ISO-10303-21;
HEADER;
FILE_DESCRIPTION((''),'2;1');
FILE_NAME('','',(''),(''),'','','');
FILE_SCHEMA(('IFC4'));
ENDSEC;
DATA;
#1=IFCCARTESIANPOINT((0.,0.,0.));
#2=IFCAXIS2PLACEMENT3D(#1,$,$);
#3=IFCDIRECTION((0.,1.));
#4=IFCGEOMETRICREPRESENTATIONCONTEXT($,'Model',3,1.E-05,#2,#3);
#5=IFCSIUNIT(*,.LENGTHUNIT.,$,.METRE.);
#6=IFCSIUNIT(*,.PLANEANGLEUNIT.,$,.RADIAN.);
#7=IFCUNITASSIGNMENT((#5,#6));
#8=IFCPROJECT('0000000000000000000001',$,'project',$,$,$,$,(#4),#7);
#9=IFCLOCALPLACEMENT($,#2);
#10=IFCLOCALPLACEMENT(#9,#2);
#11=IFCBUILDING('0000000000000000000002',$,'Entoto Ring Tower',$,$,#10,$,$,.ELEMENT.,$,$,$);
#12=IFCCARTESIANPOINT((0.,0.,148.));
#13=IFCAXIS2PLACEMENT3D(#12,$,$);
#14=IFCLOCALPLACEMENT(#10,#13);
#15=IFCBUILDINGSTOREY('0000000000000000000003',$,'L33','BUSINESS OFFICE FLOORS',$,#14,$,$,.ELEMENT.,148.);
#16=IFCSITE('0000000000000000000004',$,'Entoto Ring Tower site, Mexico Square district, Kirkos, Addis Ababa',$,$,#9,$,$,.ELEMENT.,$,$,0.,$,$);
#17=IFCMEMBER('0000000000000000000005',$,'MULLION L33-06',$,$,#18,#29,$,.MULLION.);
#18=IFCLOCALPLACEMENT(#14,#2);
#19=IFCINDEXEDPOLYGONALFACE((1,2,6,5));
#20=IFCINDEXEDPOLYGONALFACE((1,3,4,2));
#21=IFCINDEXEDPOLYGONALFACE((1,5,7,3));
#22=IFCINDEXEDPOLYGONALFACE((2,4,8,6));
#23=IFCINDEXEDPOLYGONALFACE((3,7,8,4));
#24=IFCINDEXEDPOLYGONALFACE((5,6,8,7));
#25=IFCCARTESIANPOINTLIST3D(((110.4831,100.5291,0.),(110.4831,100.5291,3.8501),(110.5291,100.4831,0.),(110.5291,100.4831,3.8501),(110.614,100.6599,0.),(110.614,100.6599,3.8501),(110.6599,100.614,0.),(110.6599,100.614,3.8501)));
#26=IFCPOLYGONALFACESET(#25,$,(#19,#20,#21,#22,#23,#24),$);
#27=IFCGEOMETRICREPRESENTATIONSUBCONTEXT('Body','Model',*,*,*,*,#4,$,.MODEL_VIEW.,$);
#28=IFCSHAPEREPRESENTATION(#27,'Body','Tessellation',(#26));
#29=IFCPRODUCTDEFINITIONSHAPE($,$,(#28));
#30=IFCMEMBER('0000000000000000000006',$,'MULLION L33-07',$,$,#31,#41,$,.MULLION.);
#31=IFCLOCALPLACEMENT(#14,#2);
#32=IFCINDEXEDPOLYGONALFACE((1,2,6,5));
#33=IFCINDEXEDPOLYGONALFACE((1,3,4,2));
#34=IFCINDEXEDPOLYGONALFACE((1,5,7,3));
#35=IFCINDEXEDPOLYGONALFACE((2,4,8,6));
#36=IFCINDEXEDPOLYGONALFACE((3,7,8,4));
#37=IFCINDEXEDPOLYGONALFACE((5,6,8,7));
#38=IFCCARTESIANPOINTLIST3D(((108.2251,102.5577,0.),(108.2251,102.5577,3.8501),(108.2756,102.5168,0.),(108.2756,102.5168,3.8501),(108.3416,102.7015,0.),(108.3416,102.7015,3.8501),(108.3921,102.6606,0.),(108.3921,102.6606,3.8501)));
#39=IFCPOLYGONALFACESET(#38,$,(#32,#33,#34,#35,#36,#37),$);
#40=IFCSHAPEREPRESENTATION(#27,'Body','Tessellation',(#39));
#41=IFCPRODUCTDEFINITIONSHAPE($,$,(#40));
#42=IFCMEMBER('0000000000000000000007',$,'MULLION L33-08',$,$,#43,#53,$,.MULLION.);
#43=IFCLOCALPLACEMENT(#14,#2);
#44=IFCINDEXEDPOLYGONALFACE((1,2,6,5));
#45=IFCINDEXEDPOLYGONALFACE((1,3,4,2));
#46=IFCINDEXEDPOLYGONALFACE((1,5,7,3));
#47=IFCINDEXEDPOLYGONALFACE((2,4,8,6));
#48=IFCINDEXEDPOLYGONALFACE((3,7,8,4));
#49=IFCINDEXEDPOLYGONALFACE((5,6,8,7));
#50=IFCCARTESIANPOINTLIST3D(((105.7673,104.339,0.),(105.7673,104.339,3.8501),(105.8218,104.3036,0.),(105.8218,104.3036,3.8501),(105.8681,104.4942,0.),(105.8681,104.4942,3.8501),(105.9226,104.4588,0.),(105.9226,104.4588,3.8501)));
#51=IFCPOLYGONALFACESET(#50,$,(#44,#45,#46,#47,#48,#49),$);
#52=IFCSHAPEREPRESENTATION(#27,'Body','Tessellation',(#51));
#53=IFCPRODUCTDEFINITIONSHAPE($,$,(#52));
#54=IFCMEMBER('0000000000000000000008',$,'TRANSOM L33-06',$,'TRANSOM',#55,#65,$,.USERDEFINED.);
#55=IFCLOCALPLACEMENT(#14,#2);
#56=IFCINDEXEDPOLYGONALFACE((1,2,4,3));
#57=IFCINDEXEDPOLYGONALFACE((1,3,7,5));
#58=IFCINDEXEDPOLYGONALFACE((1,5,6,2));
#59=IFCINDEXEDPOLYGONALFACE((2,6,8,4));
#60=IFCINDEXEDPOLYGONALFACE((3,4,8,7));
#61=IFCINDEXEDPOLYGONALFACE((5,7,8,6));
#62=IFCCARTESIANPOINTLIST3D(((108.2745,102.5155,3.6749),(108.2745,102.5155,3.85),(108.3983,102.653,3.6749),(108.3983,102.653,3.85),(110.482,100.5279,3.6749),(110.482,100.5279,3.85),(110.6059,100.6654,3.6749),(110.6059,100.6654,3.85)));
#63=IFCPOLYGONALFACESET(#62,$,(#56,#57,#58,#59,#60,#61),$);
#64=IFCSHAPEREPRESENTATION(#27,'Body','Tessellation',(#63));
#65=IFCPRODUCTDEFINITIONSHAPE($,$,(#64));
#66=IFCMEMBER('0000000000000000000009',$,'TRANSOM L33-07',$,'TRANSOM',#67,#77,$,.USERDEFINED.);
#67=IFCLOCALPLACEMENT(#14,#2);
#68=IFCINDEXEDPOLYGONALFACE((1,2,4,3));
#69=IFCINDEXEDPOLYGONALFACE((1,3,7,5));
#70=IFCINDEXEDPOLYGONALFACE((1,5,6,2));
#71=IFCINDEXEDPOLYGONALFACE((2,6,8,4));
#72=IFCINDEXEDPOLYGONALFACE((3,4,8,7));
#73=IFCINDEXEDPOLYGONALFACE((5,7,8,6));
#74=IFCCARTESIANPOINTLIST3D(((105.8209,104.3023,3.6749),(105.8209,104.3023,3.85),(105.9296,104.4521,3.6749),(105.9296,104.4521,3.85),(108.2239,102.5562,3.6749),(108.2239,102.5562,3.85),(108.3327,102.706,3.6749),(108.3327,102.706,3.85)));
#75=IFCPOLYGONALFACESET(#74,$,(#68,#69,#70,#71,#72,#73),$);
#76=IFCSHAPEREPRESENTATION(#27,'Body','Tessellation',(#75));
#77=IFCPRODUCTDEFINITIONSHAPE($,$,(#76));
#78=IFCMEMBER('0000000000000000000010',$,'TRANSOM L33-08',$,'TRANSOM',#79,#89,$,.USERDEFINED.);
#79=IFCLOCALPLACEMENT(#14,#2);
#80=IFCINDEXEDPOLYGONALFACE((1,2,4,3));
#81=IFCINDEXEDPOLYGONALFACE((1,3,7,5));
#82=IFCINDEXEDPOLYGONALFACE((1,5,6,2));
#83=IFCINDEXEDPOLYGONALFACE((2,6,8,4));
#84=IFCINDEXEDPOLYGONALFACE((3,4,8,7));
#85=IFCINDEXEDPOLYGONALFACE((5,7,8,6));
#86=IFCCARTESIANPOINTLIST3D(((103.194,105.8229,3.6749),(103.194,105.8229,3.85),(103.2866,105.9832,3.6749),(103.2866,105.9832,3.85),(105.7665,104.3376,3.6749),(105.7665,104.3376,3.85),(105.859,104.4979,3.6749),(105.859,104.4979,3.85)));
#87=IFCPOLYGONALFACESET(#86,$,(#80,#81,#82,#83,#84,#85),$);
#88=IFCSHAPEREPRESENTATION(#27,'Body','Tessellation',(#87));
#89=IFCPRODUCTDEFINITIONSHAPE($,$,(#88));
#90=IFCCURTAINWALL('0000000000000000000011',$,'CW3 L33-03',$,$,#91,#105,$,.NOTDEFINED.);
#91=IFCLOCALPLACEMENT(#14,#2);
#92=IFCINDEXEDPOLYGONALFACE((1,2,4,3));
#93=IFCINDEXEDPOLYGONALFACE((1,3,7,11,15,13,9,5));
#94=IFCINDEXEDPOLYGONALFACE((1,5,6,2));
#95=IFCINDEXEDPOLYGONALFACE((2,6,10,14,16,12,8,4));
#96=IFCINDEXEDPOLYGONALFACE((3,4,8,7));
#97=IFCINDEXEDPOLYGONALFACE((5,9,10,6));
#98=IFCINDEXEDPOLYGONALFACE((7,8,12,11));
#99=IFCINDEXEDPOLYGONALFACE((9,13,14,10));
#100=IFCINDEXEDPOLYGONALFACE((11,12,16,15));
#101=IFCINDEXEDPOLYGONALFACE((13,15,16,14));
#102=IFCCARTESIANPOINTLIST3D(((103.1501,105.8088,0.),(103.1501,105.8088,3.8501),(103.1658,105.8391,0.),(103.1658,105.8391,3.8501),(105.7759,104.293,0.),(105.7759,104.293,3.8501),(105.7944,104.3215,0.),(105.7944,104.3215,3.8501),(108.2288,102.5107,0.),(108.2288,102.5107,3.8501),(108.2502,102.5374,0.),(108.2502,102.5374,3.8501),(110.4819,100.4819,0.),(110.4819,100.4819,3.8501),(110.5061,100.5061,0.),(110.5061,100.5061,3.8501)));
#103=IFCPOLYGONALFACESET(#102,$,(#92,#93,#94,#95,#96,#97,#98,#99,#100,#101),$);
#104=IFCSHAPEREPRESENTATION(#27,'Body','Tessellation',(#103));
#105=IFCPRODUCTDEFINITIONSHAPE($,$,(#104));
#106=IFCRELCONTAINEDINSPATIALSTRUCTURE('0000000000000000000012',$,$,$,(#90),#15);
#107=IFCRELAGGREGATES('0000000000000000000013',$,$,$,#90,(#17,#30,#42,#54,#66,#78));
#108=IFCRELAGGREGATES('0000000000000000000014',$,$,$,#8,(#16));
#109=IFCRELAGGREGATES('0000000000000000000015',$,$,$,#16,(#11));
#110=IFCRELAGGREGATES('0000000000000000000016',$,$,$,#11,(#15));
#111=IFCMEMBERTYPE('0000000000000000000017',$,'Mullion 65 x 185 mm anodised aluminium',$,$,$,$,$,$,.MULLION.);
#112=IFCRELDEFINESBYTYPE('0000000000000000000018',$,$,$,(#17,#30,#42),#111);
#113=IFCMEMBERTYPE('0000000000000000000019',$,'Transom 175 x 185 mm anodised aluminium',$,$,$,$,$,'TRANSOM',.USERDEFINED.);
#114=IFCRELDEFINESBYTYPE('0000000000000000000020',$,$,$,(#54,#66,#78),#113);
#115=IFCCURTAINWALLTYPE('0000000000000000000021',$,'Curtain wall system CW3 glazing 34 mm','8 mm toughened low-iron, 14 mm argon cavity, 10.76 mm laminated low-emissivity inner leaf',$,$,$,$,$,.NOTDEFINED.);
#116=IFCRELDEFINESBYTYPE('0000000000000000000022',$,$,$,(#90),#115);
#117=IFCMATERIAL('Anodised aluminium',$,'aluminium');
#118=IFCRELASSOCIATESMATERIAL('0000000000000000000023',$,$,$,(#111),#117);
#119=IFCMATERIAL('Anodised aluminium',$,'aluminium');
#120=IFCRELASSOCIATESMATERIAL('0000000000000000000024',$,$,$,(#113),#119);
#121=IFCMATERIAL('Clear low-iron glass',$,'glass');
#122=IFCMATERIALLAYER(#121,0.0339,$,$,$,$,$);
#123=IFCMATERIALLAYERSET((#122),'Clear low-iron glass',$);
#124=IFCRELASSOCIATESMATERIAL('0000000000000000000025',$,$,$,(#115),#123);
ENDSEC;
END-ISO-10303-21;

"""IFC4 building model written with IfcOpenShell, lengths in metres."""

from ifc_helpers import new_model, si_unit, direction, frame, origin, origin_2d, place, context, subcontext, project, spatial, polyline, rectangle, outline, extrude, material, layer, layer_set, material_profile, profile_set, type_object, element, aggregate, save


model = new_model("IFC4")

# Units and contexts
model_context = context("Model", 3, precision=1e-05, world=origin(), true_north=direction((0.0, 1.0)))
body_context = subcontext(model_context, "Body", "Model", "MODEL_VIEW")
ifc_project = project(units=[si_unit("LENGTHUNIT", "METRE"), si_unit("PLANEANGLEUNIT", "RADIAN")], contexts=[model_context])

# Members
ifc_material_1 = material(Name="Anodised aluminium", Category="aluminium")
ifc_material_profile_1 = material_profile(ifc_material_1, rectangle(XDim=0.0649, YDim=0.1851, at=origin_2d()), Name="Mullion 65 x 185 mm anodised aluminium")
ifc_profile_set_1 = profile_set([ifc_material_profile_1], Name="Anodised aluminium")
member_type_1 = type_object("IfcMemberType", Name="Mullion 65 x 185 mm anodised aluminium", PredefinedType="MULLION", material=ifc_profile_set_1)
site_placement = place(None, origin())
building_placement = place(site_placement, origin())
storey_placement = place(building_placement, frame((0.0, 0.0, 148.0)))
member_1_placement = place(storey_placement, frame((110.5715, 100.5715, 0.0), z_axis=(0.0, 0.0, 1.0), x_axis=(-0.707107, 0.707107, 0.0)))
member_1 = element("IfcMember", 1, at=member_1_placement, type_object=member_type_1, Name="MULLION L33-06", PredefinedType="MULLION", context=body_context, shape_type="SweptSolid", body=[
    extrude(rectangle(XDim=0.0649, YDim=0.1851, at=origin_2d()), origin(), (0.0, 0.0, 1.0), 3.8501),
])
member_2_placement = place(storey_placement, frame((108.3086, 102.6091, 0.0), z_axis=(0.0, 0.0, 1.0), x_axis=(-0.777146, 0.62932, 0.0)))
member_2 = element("IfcMember", 2, at=member_2_placement, type_object=member_type_1, Name="MULLION L33-07", PredefinedType="MULLION", context=body_context, shape_type="SweptSolid", body=[
    extrude(rectangle(XDim=0.0649, YDim=0.1851, at=origin_2d()), origin(), (0.0, 0.0, 1.0), 3.8501),
])
member_3_placement = place(storey_placement, frame((105.845, 104.3989, 0.0), z_axis=(0.0, 0.0, 1.0), x_axis=(-0.838671, 0.544639, 0.0)))
member_3 = element("IfcMember", 3, at=member_3_placement, type_object=member_type_1, Name="MULLION L33-08", PredefinedType="MULLION", context=body_context, shape_type="SweptSolid", body=[
    extrude(rectangle(XDim=0.0649, YDim=0.1851, at=origin_2d()), origin(), (0.0, 0.0, 1.0), 3.8501),
])
ifc_material_2 = material(Name="Anodised aluminium", Category="aluminium")
ifc_material_profile_2 = material_profile(ifc_material_2, rectangle(XDim=0.1851, YDim=0.175, at=origin_2d()), Name="Transom 175 x 185 mm anodised aluminium")
ifc_profile_set_2 = profile_set([ifc_material_profile_2], Name="Anodised aluminium")
member_type_2 = type_object("IfcMemberType", Name="Transom 175 x 185 mm anodised aluminium", ElementType="TRANSOM", PredefinedType="USERDEFINED", material=ifc_profile_set_2)
member_4_placement = place(storey_placement, frame((110.5439, 100.5967, 3.7625), z_axis=(-0.743163, 0.66911, 0.0), x_axis=(-0.66911, -0.743163, 0.0)))
member_4 = element("IfcMember", 4, at=member_4_placement, type_object=member_type_2, Name="TRANSOM L33-06", ObjectType="TRANSOM", PredefinedType="USERDEFINED", context=body_context, shape_type="SweptSolid", body=[
    extrude(rectangle(XDim=0.1851, YDim=0.175, at=origin_2d()), origin(), (0.0, 0.0, 1.0), 2.9705),
])
member_5_placement = place(storey_placement, frame((108.2783, 102.6311, 3.7625), z_axis=(-0.808992, 0.58782, 0.0), x_axis=(-0.58782, -0.808992, 0.0)))
member_5 = element("IfcMember", 5, at=member_5_placement, type_object=member_type_2, Name="TRANSOM L33-07", ObjectType="TRANSOM", PredefinedType="USERDEFINED", context=body_context, shape_type="SweptSolid", body=[
    extrude(rectangle(XDim=0.1851, YDim=0.175, at=origin_2d()), origin(), (0.0, 0.0, 1.0), 2.9705),
])
member_6_placement = place(storey_placement, frame((105.8127, 104.4177, 3.7625), z_axis=(-0.866009, 0.500028, 0.0), x_axis=(-0.500028, -0.866009, 0.0)))
member_6 = element("IfcMember", 6, at=member_6_placement, type_object=member_type_2, Name="TRANSOM L33-08", ObjectType="TRANSOM", PredefinedType="USERDEFINED", context=body_context, shape_type="SweptSolid", body=[
    extrude(rectangle(XDim=0.1851, YDim=0.175, at=origin_2d()), origin(), (0.0, 0.0, 1.0), 2.9705),
])

# Site, building, storey
site = spatial("IfcSite", under=ifc_project, at=site_placement, Name="Entoto Ring Tower site, Mexico Square district, Kirkos, Addis Ababa", CompositionType="ELEMENT", RefElevation=0.0)
building = spatial("IfcBuilding", under=site, at=building_placement, Name="Entoto Ring Tower", CompositionType="ELEMENT")
storey = spatial("IfcBuildingStorey", under=building, at=storey_placement, Name="L33", Description="BUSINESS OFFICE FLOORS", CompositionType="ELEMENT", Elevation=148.0)

# Curtain wall
ifc_material_3 = material(Name="Clear low-iron glass", Category="glass")
ifc_layer_1 = layer(ifc_material_3, 0.0339)
ifc_layer_set_1 = layer_set([ifc_layer_1], Name="Clear low-iron glass")
curtain_wall_type = type_object("IfcCurtainWallType", Name="Curtain wall system CW3 glazing 34 mm", Description="8 mm toughened low-iron, 14 mm argon cavity, 10.76 mm laminated low-emissivity inner leaf", PredefinedType="NOTDEFINED", material=ifc_layer_set_1)
curtain_wall_1_placement = place(storey_placement, origin())
curtain_wall_1 = element("IfcCurtainWall", 7, at=curtain_wall_1_placement, inside=storey, type_object=curtain_wall_type, Name="CW3 L33-03", PredefinedType="NOTDEFINED", context=body_context, shape_type="SweptSolid", body=[
    extrude(outline(polyline([(110.5061, 100.5061), (108.2502, 102.5374), (105.7944, 104.3215), (103.1658, 105.8391), (103.1501, 105.8088), (105.7759, 104.293), (108.2288, 102.5107), (110.4819, 100.4819), (110.5061, 100.5061)])), origin(), (0.0, 0.0, 1.0), 3.8501),
])
aggregate(curtain_wall_1, [member_1, member_2, member_3, member_4, member_5, member_6])

save(model, "model.ifc")
